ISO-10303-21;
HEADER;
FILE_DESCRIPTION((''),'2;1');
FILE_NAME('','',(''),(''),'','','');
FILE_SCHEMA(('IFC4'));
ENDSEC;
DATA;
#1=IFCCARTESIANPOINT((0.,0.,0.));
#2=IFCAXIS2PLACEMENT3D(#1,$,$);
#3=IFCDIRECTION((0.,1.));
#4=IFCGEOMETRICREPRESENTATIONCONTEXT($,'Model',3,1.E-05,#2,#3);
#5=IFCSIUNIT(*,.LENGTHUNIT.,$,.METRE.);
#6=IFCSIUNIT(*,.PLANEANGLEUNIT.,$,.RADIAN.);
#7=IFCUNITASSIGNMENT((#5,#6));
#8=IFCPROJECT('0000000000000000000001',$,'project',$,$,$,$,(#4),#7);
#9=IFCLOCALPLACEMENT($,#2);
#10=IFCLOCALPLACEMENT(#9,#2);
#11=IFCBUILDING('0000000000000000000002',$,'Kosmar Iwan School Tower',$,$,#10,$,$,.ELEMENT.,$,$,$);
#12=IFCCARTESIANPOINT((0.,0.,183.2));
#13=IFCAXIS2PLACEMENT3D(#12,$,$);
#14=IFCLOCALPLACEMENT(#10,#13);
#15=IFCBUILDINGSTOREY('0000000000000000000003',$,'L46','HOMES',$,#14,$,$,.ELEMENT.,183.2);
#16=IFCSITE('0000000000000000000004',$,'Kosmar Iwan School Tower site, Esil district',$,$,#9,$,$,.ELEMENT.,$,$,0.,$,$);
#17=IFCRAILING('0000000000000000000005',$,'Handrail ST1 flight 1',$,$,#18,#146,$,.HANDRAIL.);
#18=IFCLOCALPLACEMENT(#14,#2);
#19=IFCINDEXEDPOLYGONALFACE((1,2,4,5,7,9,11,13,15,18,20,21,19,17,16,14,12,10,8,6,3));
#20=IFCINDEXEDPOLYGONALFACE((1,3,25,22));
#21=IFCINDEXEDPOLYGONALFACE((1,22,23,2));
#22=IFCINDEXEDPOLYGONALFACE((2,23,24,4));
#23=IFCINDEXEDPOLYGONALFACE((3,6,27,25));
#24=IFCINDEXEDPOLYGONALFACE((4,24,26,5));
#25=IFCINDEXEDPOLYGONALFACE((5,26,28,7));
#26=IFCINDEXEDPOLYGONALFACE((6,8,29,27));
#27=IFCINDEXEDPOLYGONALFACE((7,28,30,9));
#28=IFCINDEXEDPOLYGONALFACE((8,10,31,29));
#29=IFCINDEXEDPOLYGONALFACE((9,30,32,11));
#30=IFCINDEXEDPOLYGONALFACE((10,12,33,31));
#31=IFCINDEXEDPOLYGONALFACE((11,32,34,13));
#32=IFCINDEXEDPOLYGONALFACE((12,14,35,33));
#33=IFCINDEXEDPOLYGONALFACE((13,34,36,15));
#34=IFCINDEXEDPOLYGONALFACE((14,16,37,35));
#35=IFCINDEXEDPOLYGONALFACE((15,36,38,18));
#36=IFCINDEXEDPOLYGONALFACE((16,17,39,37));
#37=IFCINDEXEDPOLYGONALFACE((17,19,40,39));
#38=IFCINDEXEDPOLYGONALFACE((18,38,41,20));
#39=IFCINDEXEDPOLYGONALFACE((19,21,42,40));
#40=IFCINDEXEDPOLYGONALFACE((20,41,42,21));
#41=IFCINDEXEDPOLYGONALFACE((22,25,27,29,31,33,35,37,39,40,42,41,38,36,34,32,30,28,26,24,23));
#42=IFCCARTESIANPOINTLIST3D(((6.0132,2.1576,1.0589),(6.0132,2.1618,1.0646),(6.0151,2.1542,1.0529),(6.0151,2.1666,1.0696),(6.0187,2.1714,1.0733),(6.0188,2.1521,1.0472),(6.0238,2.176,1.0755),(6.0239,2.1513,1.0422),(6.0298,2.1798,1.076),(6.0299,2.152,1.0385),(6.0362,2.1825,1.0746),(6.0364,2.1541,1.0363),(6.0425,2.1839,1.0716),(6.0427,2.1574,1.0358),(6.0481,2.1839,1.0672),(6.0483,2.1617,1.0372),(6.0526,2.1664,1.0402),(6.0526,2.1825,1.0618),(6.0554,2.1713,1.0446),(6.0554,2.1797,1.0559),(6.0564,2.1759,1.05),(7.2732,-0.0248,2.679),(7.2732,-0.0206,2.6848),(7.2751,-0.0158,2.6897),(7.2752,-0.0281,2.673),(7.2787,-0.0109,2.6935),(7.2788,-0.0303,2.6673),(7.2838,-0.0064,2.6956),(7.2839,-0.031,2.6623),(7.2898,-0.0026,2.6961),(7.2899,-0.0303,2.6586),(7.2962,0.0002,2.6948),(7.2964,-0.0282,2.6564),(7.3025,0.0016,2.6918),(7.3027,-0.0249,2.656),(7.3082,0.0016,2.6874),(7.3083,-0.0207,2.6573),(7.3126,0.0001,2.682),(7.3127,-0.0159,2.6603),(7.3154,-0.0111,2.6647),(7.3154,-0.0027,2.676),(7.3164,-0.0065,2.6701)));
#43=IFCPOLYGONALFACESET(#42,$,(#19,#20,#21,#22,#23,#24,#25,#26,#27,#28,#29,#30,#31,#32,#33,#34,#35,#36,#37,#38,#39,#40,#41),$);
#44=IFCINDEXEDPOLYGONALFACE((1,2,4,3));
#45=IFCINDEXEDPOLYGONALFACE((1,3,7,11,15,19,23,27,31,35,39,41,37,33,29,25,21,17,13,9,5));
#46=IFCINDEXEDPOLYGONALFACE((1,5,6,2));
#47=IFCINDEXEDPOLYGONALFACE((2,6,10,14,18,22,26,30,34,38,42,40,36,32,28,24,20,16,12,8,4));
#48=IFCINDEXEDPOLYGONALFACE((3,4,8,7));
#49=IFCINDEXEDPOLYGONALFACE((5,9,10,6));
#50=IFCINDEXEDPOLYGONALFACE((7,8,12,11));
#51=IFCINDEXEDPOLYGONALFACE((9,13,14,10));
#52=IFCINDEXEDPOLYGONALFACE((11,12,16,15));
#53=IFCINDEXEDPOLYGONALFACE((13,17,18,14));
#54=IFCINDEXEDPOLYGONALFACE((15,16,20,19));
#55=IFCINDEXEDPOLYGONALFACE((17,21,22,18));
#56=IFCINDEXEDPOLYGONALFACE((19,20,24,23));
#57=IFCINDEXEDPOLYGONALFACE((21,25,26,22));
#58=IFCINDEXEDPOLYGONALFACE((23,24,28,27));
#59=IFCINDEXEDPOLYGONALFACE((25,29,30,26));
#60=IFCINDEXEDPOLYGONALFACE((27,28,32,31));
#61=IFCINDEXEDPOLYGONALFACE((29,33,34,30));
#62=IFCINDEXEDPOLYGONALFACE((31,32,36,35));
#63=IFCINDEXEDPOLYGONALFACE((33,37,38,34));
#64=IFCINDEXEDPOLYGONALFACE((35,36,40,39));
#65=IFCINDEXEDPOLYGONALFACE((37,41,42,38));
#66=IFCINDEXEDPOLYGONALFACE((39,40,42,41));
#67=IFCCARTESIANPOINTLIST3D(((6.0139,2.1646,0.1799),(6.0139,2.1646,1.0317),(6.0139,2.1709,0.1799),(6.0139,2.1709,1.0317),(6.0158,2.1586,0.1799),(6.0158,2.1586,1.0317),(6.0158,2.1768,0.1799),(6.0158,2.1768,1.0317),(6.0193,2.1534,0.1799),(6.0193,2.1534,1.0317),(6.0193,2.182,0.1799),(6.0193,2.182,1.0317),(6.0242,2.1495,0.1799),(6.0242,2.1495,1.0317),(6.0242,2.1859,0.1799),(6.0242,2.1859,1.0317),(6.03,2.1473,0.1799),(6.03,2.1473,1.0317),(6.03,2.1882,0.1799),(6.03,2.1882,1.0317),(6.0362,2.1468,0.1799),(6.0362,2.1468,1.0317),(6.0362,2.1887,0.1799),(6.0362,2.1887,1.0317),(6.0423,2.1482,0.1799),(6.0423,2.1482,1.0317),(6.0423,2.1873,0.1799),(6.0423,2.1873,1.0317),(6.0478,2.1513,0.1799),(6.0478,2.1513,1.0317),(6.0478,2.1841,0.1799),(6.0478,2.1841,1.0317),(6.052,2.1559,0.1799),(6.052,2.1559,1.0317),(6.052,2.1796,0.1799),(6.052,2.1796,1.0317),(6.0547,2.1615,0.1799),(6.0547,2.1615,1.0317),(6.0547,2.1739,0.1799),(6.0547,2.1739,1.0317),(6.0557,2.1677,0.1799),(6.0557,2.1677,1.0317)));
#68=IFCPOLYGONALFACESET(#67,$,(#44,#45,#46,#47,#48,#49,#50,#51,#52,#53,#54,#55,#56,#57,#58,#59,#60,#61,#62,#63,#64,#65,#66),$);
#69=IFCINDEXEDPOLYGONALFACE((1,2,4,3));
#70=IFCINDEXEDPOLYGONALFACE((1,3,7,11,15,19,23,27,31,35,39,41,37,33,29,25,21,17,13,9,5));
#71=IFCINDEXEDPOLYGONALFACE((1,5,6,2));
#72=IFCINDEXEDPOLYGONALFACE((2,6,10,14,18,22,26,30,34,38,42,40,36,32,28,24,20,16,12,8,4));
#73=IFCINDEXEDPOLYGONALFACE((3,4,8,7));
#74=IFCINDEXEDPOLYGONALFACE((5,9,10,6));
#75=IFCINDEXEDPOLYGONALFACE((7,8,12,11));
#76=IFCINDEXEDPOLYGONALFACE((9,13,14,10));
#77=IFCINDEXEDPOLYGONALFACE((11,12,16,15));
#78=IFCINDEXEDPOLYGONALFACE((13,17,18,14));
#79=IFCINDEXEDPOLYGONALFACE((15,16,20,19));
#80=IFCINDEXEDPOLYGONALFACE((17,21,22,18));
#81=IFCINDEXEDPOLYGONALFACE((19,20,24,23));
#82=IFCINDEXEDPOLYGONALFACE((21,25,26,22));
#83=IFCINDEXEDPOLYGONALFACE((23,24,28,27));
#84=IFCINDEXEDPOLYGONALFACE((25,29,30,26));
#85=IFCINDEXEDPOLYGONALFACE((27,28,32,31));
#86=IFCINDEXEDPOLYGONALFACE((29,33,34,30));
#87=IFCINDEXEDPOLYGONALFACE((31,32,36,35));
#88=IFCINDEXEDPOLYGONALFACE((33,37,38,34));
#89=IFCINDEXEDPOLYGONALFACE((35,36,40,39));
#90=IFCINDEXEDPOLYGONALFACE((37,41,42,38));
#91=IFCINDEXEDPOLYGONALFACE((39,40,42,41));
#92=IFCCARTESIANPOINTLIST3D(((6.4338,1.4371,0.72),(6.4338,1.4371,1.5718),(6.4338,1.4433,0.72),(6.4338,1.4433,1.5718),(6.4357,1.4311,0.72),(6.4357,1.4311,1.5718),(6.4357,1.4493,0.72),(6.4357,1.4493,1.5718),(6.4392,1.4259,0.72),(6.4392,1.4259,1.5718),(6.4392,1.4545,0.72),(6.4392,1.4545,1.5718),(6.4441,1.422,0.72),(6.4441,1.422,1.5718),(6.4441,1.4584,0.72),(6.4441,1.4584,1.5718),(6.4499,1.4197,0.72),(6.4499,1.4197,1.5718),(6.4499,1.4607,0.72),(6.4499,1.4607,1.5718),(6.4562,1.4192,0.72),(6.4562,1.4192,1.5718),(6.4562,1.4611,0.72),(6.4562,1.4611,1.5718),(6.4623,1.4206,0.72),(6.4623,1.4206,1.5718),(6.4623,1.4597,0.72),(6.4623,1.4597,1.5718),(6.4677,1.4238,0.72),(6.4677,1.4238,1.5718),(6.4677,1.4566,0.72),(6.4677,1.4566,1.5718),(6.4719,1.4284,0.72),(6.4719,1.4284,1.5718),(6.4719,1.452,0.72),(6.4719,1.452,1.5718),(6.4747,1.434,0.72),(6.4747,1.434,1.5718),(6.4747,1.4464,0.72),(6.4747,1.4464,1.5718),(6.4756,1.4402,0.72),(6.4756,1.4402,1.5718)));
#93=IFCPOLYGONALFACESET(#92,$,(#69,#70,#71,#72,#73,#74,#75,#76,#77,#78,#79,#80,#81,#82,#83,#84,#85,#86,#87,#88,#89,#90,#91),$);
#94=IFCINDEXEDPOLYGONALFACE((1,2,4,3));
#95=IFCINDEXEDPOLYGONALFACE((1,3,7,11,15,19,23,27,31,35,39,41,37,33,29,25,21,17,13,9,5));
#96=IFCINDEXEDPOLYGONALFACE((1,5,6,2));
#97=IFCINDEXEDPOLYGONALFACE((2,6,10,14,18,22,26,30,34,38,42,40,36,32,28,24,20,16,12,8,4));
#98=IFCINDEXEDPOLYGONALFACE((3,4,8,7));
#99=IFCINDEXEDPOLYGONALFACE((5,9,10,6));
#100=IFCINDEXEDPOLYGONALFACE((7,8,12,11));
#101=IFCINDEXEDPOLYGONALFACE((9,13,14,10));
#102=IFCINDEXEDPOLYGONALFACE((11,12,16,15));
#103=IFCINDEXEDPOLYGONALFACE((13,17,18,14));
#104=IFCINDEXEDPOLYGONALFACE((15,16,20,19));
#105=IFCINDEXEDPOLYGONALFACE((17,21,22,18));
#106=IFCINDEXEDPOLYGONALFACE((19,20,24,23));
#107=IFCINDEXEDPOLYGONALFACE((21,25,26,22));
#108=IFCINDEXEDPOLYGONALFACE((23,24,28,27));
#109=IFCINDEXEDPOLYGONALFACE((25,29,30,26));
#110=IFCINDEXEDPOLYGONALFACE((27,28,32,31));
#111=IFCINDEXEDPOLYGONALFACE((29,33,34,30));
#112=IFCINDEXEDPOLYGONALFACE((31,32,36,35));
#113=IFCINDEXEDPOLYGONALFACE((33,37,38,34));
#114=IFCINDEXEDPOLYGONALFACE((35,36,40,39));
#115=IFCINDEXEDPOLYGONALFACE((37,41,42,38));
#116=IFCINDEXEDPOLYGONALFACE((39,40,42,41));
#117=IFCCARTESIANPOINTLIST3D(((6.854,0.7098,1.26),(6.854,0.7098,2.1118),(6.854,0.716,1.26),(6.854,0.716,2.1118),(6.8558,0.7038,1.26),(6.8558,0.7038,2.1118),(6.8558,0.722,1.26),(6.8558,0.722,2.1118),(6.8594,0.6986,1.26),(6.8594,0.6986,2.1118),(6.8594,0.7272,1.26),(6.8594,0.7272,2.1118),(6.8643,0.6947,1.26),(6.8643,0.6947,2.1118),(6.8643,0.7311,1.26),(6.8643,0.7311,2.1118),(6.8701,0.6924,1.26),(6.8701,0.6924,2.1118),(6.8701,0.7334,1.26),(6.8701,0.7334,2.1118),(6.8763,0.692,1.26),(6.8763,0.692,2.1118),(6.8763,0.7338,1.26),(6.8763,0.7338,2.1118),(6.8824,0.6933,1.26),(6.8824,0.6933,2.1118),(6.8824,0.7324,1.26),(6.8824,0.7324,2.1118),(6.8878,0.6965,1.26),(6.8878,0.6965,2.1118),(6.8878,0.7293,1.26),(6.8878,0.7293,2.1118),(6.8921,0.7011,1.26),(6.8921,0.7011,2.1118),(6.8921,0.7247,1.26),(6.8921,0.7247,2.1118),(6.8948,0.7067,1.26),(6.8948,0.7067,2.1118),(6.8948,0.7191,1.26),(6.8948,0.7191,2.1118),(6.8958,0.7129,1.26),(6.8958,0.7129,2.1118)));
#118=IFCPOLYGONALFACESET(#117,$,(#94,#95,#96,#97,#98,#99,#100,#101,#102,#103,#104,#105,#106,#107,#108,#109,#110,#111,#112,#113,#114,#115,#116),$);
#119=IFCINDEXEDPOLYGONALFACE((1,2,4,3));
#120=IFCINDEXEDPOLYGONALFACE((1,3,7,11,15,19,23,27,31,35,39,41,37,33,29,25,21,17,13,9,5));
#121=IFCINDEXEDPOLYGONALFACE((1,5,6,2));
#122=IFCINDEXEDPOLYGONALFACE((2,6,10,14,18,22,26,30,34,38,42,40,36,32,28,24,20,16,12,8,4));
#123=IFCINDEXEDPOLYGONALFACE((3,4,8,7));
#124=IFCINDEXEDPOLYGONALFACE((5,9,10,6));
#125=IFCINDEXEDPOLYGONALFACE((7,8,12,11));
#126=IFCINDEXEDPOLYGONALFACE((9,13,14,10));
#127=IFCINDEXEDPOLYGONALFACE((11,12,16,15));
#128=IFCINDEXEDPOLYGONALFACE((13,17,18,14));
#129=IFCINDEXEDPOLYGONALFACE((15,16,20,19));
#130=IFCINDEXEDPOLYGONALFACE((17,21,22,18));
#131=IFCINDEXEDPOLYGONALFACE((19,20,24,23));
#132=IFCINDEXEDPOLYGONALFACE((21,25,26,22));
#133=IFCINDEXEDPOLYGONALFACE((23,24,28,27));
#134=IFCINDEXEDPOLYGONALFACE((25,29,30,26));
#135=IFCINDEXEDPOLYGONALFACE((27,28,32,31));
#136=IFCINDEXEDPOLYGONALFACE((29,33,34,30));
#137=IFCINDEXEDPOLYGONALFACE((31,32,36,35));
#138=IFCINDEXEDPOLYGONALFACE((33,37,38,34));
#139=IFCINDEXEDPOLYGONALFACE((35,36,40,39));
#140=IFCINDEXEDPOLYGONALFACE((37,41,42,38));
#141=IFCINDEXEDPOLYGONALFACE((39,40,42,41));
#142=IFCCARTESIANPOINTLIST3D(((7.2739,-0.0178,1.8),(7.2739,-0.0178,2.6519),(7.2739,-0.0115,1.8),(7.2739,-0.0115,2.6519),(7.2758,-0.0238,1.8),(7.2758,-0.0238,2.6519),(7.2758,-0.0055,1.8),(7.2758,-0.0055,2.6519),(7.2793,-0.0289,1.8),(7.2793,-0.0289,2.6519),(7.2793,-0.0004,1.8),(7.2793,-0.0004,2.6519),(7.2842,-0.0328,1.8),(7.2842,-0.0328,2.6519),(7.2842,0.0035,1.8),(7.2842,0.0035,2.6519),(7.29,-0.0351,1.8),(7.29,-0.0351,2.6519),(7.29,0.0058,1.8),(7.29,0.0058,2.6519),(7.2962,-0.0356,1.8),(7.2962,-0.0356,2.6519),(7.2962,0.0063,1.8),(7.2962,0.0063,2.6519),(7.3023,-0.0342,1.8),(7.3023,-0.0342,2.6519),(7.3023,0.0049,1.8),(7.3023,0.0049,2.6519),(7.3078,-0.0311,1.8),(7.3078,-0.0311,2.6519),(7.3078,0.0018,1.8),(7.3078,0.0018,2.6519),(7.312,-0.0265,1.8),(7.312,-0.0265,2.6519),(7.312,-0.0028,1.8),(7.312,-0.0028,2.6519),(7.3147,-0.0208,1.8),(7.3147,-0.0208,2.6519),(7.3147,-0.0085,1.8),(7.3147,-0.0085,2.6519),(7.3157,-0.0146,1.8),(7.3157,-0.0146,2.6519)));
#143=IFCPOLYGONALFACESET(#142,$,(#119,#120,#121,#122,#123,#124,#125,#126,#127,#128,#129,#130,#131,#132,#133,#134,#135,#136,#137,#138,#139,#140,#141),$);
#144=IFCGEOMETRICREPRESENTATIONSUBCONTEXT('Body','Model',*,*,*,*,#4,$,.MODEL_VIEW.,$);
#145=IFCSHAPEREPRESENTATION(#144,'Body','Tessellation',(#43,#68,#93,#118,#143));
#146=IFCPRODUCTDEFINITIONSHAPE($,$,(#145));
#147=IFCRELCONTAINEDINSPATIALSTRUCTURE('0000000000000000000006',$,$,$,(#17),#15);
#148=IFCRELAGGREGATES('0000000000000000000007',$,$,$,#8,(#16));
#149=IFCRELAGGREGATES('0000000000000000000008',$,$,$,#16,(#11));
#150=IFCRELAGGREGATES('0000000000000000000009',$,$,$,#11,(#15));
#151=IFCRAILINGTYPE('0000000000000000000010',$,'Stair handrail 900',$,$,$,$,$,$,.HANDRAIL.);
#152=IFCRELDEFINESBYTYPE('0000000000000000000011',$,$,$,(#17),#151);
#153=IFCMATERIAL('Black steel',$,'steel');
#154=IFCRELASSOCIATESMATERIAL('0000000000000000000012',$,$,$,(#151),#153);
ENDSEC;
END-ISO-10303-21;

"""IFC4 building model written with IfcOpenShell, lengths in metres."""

from ifc_helpers import new_model, si_unit, direction, frame, origin, origin_2d, place, context, subcontext, project, spatial, circle, extrude, material, type_object, element, save


model = new_model("IFC4")

# Units and contexts
model_context = context("Model", 3, precision=1e-05, world=origin(), true_north=direction((0.0, 1.0)))
body_context = subcontext(model_context, "Body", "Model", "MODEL_VIEW")
ifc_project = project(units=[si_unit("LENGTHUNIT", "METRE"), si_unit("PLANEANGLEUNIT", "RADIAN")], contexts=[model_context])

# Site, building, storey
site_placement = place(None, origin())
site = spatial("IfcSite", under=ifc_project, at=site_placement, Name="Kosmar Iwan School Tower site, Esil district", CompositionType="ELEMENT", RefElevation=0.0)
building_placement = place(site_placement, origin())
building = spatial("IfcBuilding", under=site, at=building_placement, Name="Kosmar Iwan School Tower", CompositionType="ELEMENT")
storey_placement = place(building_placement, frame((0.0, 0.0, 183.2)))
storey = spatial("IfcBuildingStorey", under=building, at=storey_placement, Name="L46", Description="HOMES", CompositionType="ELEMENT", Elevation=183.2)

# Railing
ifc_material_1 = material(Name="Black steel", Category="steel")
railing_type = type_object("IfcRailingType", Name="Stair handrail 900", PredefinedType="HANDRAIL", material=ifc_material_1)
railing_placement = place(storey_placement, frame((6.0347, 2.1677, 0.1799)))
element("IfcRailing", 1, at=railing_placement, inside=storey, type_object=railing_type, Name="Handrail ST1 flight 1", PredefinedType="HANDRAIL", context=body_context, shape_type="SweptSolid", body=[
    extrude(circle(Radius=0.0239, at=origin_2d()), frame((0.0, 0.0, 0.876), z_axis=(0.420584, -0.728464, 0.540786), x_axis=(0.866023, 0.500005, 0.0)), (0.0, 0.0, 1.0), 2.9958),
    extrude(circle(Radius=0.021, at=origin_2d()), origin(), (0.0, 0.0, 1.0), 0.8518),
    extrude(circle(Radius=0.021, at=origin_2d()), frame((0.4199, -0.7275, 0.54)), (0.0, 0.0, 1.0), 0.8518),
    extrude(circle(Radius=0.021, at=origin_2d()), frame((0.8401, -1.4548, 1.0801)), (0.0, 0.0, 1.0), 0.8518),
    extrude(circle(Radius=0.021, at=origin_2d()), frame((1.26, -2.1824, 1.6201)), (0.0, 0.0, 1.0), 0.8518),
])

save(model, "model.ifc")
